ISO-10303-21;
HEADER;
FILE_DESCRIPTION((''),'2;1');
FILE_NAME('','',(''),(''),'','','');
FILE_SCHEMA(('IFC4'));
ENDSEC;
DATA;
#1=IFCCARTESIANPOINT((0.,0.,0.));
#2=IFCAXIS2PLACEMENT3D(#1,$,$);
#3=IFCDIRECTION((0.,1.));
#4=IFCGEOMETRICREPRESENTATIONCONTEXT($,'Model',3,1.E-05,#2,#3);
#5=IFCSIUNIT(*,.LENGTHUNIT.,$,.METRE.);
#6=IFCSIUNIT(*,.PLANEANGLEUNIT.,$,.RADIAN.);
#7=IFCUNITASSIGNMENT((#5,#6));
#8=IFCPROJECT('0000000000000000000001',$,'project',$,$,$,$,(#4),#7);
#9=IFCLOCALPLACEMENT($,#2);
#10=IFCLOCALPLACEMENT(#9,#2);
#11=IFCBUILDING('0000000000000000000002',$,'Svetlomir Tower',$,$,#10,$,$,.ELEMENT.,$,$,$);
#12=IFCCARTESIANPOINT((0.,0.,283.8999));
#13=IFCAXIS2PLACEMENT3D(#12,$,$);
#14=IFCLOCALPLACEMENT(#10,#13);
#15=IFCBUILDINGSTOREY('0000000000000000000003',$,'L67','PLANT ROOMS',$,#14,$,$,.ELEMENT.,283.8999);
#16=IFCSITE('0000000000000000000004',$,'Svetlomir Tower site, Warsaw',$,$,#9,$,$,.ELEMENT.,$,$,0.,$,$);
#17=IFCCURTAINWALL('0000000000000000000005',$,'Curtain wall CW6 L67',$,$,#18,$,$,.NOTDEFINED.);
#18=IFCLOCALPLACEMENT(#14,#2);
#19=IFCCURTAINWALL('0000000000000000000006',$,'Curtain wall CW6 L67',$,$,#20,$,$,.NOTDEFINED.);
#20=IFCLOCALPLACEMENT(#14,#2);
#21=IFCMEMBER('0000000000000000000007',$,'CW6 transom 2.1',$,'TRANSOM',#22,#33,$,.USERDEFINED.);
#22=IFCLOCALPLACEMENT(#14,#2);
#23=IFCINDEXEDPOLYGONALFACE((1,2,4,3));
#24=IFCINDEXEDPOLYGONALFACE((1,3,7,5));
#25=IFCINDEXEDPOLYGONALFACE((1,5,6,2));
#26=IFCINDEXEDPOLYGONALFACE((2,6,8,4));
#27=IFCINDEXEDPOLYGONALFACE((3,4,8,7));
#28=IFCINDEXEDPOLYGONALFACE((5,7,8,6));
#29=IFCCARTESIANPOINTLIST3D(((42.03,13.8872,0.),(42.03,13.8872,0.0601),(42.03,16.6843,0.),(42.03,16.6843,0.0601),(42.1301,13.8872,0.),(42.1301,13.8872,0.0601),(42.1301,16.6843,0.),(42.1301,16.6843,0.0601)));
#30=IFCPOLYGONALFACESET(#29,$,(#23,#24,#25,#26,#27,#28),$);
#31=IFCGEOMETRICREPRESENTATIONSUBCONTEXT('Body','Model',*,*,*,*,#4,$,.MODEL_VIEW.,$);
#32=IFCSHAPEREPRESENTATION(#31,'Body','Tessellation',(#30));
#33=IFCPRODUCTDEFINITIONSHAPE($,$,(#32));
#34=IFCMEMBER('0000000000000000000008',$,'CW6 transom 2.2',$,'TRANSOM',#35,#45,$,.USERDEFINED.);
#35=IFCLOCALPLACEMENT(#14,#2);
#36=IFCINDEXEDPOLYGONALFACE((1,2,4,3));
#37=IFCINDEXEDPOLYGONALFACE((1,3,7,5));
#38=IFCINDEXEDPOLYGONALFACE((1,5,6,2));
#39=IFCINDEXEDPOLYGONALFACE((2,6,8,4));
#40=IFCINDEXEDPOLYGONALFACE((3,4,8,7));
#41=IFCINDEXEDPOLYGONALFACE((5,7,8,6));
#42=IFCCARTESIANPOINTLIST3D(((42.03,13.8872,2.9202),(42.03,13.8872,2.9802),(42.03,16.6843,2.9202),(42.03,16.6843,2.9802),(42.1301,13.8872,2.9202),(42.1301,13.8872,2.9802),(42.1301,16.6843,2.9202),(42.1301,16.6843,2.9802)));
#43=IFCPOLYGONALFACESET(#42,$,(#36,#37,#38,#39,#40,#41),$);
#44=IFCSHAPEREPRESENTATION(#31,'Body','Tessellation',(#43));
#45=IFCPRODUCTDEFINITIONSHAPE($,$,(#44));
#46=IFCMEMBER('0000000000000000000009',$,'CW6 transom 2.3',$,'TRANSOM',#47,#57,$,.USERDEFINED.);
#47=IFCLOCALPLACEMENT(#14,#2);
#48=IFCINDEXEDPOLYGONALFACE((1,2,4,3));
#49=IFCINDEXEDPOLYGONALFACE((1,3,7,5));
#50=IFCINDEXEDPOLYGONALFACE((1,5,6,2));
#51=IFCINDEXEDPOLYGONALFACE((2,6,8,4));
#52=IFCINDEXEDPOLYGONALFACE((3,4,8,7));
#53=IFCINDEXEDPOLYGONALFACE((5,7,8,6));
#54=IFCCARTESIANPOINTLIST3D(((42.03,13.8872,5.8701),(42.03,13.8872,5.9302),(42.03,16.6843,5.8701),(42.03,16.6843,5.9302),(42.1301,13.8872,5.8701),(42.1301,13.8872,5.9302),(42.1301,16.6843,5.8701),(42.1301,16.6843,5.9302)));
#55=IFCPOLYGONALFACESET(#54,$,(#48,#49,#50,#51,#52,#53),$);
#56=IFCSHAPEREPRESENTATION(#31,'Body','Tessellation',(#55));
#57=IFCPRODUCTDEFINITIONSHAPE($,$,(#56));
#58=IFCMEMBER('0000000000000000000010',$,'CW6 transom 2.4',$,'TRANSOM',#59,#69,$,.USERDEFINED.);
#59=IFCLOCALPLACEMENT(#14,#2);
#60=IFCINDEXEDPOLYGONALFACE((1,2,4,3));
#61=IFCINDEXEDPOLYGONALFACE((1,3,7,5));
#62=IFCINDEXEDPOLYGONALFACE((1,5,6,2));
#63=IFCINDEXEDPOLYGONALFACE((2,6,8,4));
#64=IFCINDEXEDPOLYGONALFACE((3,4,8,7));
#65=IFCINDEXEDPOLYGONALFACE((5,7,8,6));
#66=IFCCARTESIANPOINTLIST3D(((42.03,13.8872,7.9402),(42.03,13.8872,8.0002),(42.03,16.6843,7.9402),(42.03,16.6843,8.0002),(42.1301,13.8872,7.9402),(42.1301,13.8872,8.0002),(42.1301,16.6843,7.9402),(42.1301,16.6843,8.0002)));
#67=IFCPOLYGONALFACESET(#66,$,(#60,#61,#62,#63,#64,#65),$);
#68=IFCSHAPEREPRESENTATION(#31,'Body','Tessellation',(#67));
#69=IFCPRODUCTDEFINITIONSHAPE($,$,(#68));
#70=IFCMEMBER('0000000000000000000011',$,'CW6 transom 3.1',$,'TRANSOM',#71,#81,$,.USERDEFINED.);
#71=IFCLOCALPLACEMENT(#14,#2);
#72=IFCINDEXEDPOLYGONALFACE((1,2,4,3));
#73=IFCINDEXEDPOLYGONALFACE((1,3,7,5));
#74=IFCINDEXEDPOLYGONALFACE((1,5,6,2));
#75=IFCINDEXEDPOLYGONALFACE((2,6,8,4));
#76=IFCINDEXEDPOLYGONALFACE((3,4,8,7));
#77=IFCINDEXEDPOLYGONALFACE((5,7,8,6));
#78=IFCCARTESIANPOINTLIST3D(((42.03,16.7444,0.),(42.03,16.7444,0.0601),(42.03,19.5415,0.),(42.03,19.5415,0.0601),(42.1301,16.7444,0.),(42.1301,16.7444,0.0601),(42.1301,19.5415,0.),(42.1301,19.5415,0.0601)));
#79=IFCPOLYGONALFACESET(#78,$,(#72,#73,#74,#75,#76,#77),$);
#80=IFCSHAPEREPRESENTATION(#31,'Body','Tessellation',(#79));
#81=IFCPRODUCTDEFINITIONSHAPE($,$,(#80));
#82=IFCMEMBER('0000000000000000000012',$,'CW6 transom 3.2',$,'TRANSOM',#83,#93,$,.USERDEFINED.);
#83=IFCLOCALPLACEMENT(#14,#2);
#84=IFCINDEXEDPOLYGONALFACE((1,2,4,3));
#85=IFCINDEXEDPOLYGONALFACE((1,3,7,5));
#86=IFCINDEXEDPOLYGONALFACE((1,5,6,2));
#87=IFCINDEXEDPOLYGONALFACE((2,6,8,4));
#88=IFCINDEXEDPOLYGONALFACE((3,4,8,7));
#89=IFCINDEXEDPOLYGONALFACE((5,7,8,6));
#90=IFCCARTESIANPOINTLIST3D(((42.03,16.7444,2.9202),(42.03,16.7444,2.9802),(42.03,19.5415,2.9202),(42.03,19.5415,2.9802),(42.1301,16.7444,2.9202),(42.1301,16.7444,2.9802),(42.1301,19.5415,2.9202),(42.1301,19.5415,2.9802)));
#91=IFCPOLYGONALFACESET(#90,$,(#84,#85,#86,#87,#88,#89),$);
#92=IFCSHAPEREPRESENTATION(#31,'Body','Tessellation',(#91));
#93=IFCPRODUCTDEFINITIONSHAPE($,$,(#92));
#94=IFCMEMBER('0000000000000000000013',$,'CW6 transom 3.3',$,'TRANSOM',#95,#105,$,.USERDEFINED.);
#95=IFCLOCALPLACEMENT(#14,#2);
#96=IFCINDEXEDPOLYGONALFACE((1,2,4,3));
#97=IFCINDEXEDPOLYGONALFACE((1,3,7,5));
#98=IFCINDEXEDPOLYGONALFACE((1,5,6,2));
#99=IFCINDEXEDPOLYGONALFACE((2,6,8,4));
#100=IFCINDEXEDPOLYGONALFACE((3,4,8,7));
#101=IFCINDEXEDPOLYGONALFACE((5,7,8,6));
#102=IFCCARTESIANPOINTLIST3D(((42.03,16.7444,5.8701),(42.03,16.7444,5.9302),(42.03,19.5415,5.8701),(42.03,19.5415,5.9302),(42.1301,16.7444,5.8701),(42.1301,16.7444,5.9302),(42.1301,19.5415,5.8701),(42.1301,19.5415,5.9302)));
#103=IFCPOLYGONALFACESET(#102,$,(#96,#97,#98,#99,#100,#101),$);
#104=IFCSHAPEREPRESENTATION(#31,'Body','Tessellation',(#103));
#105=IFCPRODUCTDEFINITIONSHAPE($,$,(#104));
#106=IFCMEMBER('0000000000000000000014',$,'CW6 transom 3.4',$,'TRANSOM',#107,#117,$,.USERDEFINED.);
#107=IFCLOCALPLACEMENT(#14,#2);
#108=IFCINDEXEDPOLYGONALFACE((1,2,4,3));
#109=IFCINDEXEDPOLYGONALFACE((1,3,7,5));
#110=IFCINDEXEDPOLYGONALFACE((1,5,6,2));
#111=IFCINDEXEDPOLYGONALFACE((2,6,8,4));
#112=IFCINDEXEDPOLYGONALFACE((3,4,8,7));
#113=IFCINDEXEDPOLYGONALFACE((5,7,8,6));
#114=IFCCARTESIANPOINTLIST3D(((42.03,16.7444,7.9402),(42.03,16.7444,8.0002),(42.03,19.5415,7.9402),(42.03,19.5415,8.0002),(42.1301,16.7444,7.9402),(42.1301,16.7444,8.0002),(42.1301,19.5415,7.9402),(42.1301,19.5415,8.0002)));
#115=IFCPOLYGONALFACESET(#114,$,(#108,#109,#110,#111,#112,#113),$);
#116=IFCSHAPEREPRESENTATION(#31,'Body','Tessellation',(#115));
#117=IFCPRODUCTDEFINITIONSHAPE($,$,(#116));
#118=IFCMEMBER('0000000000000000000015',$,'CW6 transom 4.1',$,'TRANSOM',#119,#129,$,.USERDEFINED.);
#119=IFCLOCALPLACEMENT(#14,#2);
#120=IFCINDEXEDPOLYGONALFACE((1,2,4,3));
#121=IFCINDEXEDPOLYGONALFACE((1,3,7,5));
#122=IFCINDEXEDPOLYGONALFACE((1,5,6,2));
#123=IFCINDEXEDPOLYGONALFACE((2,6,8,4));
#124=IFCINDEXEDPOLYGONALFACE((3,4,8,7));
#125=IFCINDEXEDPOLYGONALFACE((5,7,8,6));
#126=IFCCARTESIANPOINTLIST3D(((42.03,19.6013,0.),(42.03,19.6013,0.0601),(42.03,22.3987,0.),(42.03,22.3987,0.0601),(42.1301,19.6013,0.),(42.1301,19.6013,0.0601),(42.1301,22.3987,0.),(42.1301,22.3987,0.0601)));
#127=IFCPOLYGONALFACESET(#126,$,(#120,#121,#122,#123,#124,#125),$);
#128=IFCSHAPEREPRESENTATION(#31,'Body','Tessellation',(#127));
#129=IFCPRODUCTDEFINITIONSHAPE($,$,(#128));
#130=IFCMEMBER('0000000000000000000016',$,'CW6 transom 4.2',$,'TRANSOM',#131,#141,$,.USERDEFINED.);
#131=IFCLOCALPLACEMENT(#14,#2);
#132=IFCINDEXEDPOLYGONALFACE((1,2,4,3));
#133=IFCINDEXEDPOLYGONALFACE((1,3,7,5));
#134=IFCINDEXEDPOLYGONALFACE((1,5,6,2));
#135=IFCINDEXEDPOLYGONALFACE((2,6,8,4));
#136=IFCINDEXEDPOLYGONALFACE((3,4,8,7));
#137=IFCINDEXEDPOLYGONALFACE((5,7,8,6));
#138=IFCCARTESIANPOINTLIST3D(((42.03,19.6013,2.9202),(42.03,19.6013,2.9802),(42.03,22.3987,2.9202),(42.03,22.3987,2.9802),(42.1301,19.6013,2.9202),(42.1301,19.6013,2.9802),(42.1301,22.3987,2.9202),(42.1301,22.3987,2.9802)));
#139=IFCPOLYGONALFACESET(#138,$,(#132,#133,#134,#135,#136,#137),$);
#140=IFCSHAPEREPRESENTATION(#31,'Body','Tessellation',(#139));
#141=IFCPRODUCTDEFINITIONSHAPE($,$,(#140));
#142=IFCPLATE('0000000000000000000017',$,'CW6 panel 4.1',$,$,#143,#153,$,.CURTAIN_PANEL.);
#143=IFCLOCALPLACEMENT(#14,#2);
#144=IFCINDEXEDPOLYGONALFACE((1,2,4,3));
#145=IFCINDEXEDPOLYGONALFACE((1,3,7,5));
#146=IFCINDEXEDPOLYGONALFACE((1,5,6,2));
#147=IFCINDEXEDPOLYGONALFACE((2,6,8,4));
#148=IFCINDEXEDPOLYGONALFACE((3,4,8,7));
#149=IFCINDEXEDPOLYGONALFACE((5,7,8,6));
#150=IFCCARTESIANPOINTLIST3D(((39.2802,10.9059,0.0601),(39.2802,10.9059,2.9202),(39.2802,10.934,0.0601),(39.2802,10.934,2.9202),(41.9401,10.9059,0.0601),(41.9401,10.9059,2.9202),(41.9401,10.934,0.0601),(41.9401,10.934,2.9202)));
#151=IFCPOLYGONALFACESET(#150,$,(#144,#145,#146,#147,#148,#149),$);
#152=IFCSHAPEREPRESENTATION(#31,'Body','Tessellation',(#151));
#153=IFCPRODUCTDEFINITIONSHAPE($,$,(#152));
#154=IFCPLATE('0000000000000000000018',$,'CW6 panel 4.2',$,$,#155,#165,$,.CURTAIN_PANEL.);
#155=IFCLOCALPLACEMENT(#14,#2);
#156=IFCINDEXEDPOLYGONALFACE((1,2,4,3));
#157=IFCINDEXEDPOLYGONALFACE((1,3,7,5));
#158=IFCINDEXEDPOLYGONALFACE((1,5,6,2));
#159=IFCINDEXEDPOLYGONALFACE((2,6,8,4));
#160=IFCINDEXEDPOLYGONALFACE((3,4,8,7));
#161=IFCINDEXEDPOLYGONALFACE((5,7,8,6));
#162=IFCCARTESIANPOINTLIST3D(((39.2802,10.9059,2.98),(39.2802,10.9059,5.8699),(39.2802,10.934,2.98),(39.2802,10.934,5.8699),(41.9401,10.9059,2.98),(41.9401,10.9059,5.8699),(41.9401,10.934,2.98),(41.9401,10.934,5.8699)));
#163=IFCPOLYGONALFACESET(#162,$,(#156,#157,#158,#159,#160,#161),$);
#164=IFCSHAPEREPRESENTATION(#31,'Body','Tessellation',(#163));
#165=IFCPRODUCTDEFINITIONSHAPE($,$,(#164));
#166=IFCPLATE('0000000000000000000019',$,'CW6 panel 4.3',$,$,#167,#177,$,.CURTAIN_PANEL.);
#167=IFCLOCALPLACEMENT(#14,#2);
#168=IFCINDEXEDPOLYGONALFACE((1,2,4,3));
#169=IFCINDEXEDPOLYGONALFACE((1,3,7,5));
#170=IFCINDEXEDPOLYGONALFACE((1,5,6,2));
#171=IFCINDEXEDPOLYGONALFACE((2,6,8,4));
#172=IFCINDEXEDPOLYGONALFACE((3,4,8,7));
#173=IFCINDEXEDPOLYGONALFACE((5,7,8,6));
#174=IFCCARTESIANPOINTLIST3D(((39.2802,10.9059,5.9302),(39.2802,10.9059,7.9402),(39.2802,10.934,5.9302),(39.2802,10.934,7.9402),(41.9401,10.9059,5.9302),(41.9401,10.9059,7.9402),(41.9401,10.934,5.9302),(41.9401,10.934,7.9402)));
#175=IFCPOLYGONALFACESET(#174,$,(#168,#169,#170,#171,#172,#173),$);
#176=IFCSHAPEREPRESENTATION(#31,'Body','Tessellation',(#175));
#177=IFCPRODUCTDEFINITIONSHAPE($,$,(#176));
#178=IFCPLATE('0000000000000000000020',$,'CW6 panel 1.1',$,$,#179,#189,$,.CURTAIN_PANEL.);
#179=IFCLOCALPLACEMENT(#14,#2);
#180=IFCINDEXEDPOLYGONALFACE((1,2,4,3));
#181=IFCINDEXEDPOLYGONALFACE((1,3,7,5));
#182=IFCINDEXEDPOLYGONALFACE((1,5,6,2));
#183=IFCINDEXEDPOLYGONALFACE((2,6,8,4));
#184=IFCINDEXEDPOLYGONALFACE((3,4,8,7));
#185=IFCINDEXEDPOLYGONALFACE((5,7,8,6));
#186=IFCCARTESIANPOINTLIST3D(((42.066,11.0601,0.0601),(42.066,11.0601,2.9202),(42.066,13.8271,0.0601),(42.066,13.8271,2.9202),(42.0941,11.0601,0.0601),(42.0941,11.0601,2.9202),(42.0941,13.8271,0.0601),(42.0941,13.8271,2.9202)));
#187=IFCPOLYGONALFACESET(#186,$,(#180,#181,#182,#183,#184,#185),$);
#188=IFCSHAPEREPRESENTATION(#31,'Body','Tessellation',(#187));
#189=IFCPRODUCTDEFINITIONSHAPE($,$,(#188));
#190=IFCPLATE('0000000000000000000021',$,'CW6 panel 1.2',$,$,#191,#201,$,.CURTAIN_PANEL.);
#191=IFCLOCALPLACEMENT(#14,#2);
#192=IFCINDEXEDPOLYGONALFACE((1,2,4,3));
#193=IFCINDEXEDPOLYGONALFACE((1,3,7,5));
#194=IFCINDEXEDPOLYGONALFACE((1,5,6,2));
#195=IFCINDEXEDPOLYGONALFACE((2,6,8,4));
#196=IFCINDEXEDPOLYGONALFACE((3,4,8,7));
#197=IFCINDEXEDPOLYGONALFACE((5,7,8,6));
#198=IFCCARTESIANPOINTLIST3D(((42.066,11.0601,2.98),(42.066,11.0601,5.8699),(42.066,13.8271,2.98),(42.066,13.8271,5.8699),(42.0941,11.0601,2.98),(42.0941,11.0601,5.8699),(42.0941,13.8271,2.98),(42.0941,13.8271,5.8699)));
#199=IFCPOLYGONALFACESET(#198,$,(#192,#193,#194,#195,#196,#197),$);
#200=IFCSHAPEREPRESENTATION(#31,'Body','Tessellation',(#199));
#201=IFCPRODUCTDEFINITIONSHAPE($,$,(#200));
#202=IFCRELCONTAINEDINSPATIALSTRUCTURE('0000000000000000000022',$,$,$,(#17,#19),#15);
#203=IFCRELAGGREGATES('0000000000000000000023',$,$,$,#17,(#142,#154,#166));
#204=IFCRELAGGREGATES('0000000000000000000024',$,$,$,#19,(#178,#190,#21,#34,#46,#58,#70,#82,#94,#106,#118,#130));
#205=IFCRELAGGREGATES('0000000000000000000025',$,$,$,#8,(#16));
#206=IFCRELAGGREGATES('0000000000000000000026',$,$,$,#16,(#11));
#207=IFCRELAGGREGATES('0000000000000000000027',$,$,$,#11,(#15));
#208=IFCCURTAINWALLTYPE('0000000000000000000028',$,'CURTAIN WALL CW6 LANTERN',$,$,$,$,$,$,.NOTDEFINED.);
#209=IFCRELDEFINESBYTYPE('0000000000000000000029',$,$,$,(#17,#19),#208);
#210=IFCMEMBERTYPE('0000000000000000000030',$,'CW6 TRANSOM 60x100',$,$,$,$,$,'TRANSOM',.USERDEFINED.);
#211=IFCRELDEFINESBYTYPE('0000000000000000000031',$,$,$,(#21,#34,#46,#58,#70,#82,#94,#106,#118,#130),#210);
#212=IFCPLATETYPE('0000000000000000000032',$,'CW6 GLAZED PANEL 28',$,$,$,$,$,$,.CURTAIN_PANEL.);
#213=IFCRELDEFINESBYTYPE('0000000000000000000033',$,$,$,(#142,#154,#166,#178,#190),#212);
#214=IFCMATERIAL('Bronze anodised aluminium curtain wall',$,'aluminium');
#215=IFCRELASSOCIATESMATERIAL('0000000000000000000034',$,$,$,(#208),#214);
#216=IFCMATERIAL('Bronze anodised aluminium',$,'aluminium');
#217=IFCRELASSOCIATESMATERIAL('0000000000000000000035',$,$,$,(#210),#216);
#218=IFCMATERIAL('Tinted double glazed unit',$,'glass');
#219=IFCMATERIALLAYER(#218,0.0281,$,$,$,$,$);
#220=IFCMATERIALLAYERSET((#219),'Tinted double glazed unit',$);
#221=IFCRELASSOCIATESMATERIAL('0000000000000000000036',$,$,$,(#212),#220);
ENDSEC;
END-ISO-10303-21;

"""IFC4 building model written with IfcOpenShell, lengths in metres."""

from ifc_helpers import new_model, si_unit, direction, frame, origin, origin_2d, place, context, subcontext, project, spatial, rectangle, extrude, material, layer, layer_set, material_profile, profile_set, type_object, element, aggregate, save


model = new_model("IFC4")

# Units and contexts
model_context = context("Model", 3, precision=1e-05, world=origin(), true_north=direction((0.0, 1.0)))
body_context = subcontext(model_context, "Body", "Model", "MODEL_VIEW")
ifc_project = project(units=[si_unit("LENGTHUNIT", "METRE"), si_unit("PLANEANGLEUNIT", "RADIAN")], contexts=[model_context])

# Site, building, storey
site_placement = place(None, origin())
site = spatial("IfcSite", under=ifc_project, at=site_placement, Name="Svetlomir Tower site, Warsaw", CompositionType="ELEMENT", RefElevation=0.0)
building_placement = place(site_placement, origin())
building = spatial("IfcBuilding", under=site, at=building_placement, Name="Svetlomir Tower", CompositionType="ELEMENT")
storey_placement = place(building_placement, frame((0.0, 0.0, 283.8999)))
storey = spatial("IfcBuildingStorey", under=building, at=storey_placement, Name="L67", Description="PLANT ROOMS", CompositionType="ELEMENT", Elevation=283.8999)

# Curtain wall
ifc_material_1 = material(Name="Bronze anodised aluminium curtain wall", Category="aluminium")
curtain_wall_type = type_object("IfcCurtainWallType", Name="CURTAIN WALL CW6 LANTERN", PredefinedType="NOTDEFINED", material=ifc_material_1)
curtain_wall_1_placement = place(storey_placement, origin())
curtain_wall_1 = element("IfcCurtainWall", 1, at=curtain_wall_1_placement, inside=storey, type_object=curtain_wall_type, Name="Curtain wall CW6 L67", PredefinedType="NOTDEFINED")

# Curtain wall
curtain_wall_2_placement = place(storey_placement, origin())
curtain_wall_2 = element("IfcCurtainWall", 2, at=curtain_wall_2_placement, inside=storey, type_object=curtain_wall_type, Name="Curtain wall CW6 L67", PredefinedType="NOTDEFINED")

# Members
ifc_material_2 = material(Name="Bronze anodised aluminium", Category="aluminium")
ifc_material_profile_1 = material_profile(ifc_material_2, rectangle(XDim=0.1001, YDim=0.0601, at=origin_2d()), Name="AL 100x60")
ifc_profile_set_1 = profile_set([ifc_material_profile_1], Name="Bronze anodised aluminium 6063-T6")
member_type_1 = type_object("IfcMemberType", Name="CW6 TRANSOM 60x100", ElementType="TRANSOM", PredefinedType="USERDEFINED", material=ifc_profile_set_1)
member_1_placement = place(storey_placement, frame((42.0801, 13.8872, 0.03), z_axis=(0.0, 1.0, 0.0), x_axis=(-1.0, 0.0, 0.0)))
member_1 = element("IfcMember", 3, at=member_1_placement, type_object=member_type_1, Name="CW6 transom 2.1", ObjectType="TRANSOM", PredefinedType="USERDEFINED", context=body_context, shape_type="SweptSolid", body=[
    extrude(rectangle(XDim=0.1001, YDim=0.0601, at=origin_2d()), origin(), (0.0, 0.0, 1.0), 2.7971),
])
member_2_placement = place(storey_placement, frame((42.0801, 13.8872, 2.9502), z_axis=(0.0, 1.0, 0.0), x_axis=(-1.0, 0.0, 0.0)))
member_2 = element("IfcMember", 4, at=member_2_placement, type_object=member_type_1, Name="CW6 transom 2.2", ObjectType="TRANSOM", PredefinedType="USERDEFINED", context=body_context, shape_type="SweptSolid", body=[
    extrude(rectangle(XDim=0.1001, YDim=0.0601, at=origin_2d()), origin(), (0.0, 0.0, 1.0), 2.7971),
])
member_3_placement = place(storey_placement, frame((42.0801, 13.8872, 5.9001), z_axis=(0.0, 1.0, 0.0), x_axis=(-1.0, 0.0, 0.0)))
member_3 = element("IfcMember", 5, at=member_3_placement, type_object=member_type_1, Name="CW6 transom 2.3", ObjectType="TRANSOM", PredefinedType="USERDEFINED", context=body_context, shape_type="SweptSolid", body=[
    extrude(rectangle(XDim=0.1001, YDim=0.0601, at=origin_2d()), origin(), (0.0, 0.0, 1.0), 2.7971),
])
member_4_placement = place(storey_placement, frame((42.0801, 13.8872, 7.9702), z_axis=(0.0, 1.0, 0.0), x_axis=(-1.0, 0.0, 0.0)))
member_4 = element("IfcMember", 6, at=member_4_placement, type_object=member_type_1, Name="CW6 transom 2.4", ObjectType="TRANSOM", PredefinedType="USERDEFINED", context=body_context, shape_type="SweptSolid", body=[
    extrude(rectangle(XDim=0.1001, YDim=0.0601, at=origin_2d()), origin(), (0.0, 0.0, 1.0), 2.7971),
])
member_5_placement = place(storey_placement, frame((42.0801, 16.7444, 0.03), z_axis=(0.0, 1.0, 0.0), x_axis=(-1.0, 0.0, 0.0)))
member_5 = element("IfcMember", 7, at=member_5_placement, type_object=member_type_1, Name="CW6 transom 3.1", ObjectType="TRANSOM", PredefinedType="USERDEFINED", context=body_context, shape_type="SweptSolid", body=[
    extrude(rectangle(XDim=0.1001, YDim=0.0601, at=origin_2d()), origin(), (0.0, 0.0, 1.0), 2.7971),
])
member_6_placement = place(storey_placement, frame((42.0801, 16.7444, 2.9502), z_axis=(0.0, 1.0, 0.0), x_axis=(-1.0, 0.0, 0.0)))
member_6 = element("IfcMember", 8, at=member_6_placement, type_object=member_type_1, Name="CW6 transom 3.2", ObjectType="TRANSOM", PredefinedType="USERDEFINED", context=body_context, shape_type="SweptSolid", body=[
    extrude(rectangle(XDim=0.1001, YDim=0.0601, at=origin_2d()), origin(), (0.0, 0.0, 1.0), 2.7971),
])
member_7_placement = place(storey_placement, frame((42.0801, 16.7444, 5.9001), z_axis=(0.0, 1.0, 0.0), x_axis=(-1.0, 0.0, 0.0)))
member_7 = element("IfcMember", 9, at=member_7_placement, type_object=member_type_1, Name="CW6 transom 3.3", ObjectType="TRANSOM", PredefinedType="USERDEFINED", context=body_context, shape_type="SweptSolid", body=[
    extrude(rectangle(XDim=0.1001, YDim=0.0601, at=origin_2d()), origin(), (0.0, 0.0, 1.0), 2.7971),
])
member_8_placement = place(storey_placement, frame((42.0801, 16.7444, 7.9702), z_axis=(0.0, 1.0, 0.0), x_axis=(-1.0, 0.0, 0.0)))
member_8 = element("IfcMember", 10, at=member_8_placement, type_object=member_type_1, Name="CW6 transom 3.4", ObjectType="TRANSOM", PredefinedType="USERDEFINED", context=body_context, shape_type="SweptSolid", body=[
    extrude(rectangle(XDim=0.1001, YDim=0.0601, at=origin_2d()), origin(), (0.0, 0.0, 1.0), 2.7971),
])
member_9_placement = place(storey_placement, frame((42.0801, 19.6013, 0.03), z_axis=(0.0, 1.0, 0.0), x_axis=(-1.0, 0.0, 0.0)))
member_9 = element("IfcMember", 11, at=member_9_placement, type_object=member_type_1, Name="CW6 transom 4.1", ObjectType="TRANSOM", PredefinedType="USERDEFINED", context=body_context, shape_type="SweptSolid", body=[
    extrude(rectangle(XDim=0.1001, YDim=0.0601, at=origin_2d()), origin(), (0.0, 0.0, 1.0), 2.7974),
])
member_10_placement = place(storey_placement, frame((42.0801, 19.6013, 2.9502), z_axis=(0.0, 1.0, 0.0), x_axis=(-1.0, 0.0, 0.0)))
member_10 = element("IfcMember", 12, at=member_10_placement, type_object=member_type_1, Name="CW6 transom 4.2", ObjectType="TRANSOM", PredefinedType="USERDEFINED", context=body_context, shape_type="SweptSolid", body=[
    extrude(rectangle(XDim=0.1001, YDim=0.0601, at=origin_2d()), origin(), (0.0, 0.0, 1.0), 2.7974),
])

# Plates
ifc_material_3 = material(Name="Tinted double glazed unit", Category="glass")
ifc_layer = layer(ifc_material_3, 0.0281)
ifc_layer_set = layer_set([ifc_layer], Name="Tinted double glazed unit")
plate_type = type_object("IfcPlateType", Name="CW6 GLAZED PANEL 28", PredefinedType="CURTAIN_PANEL", material=ifc_layer_set)
plate_1_placement = place(storey_placement, frame((40.6101, 10.9199, 0.0601), z_axis=(0.0, 0.0, 1.0), x_axis=(1.0, 0.0, 0.0)))
plate_1 = element("IfcPlate", 13, at=plate_1_placement, type_object=plate_type, Name="CW6 panel 4.1", PredefinedType="CURTAIN_PANEL", context=body_context, shape_type="SweptSolid", body=[
    extrude(rectangle(XDim=2.6599, YDim=0.0281, at=origin_2d()), origin(), (0.0, 0.0, 1.0), 2.8601),
])
plate_2_placement = place(storey_placement, frame((40.6101, 10.9199, 2.98), z_axis=(0.0, 0.0, 1.0), x_axis=(1.0, 0.0, 0.0)))
plate_2 = element("IfcPlate", 14, at=plate_2_placement, type_object=plate_type, Name="CW6 panel 4.2", PredefinedType="CURTAIN_PANEL", context=body_context, shape_type="SweptSolid", body=[
    extrude(rectangle(XDim=2.6599, YDim=0.0281, at=origin_2d()), origin(), (0.0, 0.0, 1.0), 2.8899),
])
plate_3_placement = place(storey_placement, frame((40.6101, 10.9199, 5.9302), z_axis=(0.0, 0.0, 1.0), x_axis=(1.0, 0.0, 0.0)))
plate_3 = element("IfcPlate", 15, at=plate_3_placement, type_object=plate_type, Name="CW6 panel 4.3", PredefinedType="CURTAIN_PANEL", context=body_context, shape_type="SweptSolid", body=[
    extrude(rectangle(XDim=2.6599, YDim=0.0281, at=origin_2d()), origin(), (0.0, 0.0, 1.0), 2.01),
])
aggregate(curtain_wall_1, [plate_1, plate_2, plate_3])
plate_4_placement = place(storey_placement, frame((42.0801, 12.4436, 0.0601), z_axis=(0.0, 0.0, 1.0), x_axis=(0.0, 1.0, 0.0)))
plate_4 = element("IfcPlate", 16, at=plate_4_placement, type_object=plate_type, Name="CW6 panel 1.1", PredefinedType="CURTAIN_PANEL", context=body_context, shape_type="SweptSolid", body=[
    extrude(rectangle(XDim=2.7671, YDim=0.0281, at=origin_2d()), origin(), (0.0, 0.0, 1.0), 2.8601),
])
plate_5_placement = place(storey_placement, frame((42.0801, 12.4436, 2.98), z_axis=(0.0, 0.0, 1.0), x_axis=(0.0, 1.0, 0.0)))
plate_5 = element("IfcPlate", 17, at=plate_5_placement, type_object=plate_type, Name="CW6 panel 1.2", PredefinedType="CURTAIN_PANEL", context=body_context, shape_type="SweptSolid", body=[
    extrude(rectangle(XDim=2.7671, YDim=0.0281, at=origin_2d()), origin(), (0.0, 0.0, 1.0), 2.8899),
])
aggregate(curtain_wall_2, [plate_4, plate_5, member_1, member_2, member_3, member_4, member_5, member_6, member_7, member_8, member_9, member_10])

save(model, "model.ifc")
